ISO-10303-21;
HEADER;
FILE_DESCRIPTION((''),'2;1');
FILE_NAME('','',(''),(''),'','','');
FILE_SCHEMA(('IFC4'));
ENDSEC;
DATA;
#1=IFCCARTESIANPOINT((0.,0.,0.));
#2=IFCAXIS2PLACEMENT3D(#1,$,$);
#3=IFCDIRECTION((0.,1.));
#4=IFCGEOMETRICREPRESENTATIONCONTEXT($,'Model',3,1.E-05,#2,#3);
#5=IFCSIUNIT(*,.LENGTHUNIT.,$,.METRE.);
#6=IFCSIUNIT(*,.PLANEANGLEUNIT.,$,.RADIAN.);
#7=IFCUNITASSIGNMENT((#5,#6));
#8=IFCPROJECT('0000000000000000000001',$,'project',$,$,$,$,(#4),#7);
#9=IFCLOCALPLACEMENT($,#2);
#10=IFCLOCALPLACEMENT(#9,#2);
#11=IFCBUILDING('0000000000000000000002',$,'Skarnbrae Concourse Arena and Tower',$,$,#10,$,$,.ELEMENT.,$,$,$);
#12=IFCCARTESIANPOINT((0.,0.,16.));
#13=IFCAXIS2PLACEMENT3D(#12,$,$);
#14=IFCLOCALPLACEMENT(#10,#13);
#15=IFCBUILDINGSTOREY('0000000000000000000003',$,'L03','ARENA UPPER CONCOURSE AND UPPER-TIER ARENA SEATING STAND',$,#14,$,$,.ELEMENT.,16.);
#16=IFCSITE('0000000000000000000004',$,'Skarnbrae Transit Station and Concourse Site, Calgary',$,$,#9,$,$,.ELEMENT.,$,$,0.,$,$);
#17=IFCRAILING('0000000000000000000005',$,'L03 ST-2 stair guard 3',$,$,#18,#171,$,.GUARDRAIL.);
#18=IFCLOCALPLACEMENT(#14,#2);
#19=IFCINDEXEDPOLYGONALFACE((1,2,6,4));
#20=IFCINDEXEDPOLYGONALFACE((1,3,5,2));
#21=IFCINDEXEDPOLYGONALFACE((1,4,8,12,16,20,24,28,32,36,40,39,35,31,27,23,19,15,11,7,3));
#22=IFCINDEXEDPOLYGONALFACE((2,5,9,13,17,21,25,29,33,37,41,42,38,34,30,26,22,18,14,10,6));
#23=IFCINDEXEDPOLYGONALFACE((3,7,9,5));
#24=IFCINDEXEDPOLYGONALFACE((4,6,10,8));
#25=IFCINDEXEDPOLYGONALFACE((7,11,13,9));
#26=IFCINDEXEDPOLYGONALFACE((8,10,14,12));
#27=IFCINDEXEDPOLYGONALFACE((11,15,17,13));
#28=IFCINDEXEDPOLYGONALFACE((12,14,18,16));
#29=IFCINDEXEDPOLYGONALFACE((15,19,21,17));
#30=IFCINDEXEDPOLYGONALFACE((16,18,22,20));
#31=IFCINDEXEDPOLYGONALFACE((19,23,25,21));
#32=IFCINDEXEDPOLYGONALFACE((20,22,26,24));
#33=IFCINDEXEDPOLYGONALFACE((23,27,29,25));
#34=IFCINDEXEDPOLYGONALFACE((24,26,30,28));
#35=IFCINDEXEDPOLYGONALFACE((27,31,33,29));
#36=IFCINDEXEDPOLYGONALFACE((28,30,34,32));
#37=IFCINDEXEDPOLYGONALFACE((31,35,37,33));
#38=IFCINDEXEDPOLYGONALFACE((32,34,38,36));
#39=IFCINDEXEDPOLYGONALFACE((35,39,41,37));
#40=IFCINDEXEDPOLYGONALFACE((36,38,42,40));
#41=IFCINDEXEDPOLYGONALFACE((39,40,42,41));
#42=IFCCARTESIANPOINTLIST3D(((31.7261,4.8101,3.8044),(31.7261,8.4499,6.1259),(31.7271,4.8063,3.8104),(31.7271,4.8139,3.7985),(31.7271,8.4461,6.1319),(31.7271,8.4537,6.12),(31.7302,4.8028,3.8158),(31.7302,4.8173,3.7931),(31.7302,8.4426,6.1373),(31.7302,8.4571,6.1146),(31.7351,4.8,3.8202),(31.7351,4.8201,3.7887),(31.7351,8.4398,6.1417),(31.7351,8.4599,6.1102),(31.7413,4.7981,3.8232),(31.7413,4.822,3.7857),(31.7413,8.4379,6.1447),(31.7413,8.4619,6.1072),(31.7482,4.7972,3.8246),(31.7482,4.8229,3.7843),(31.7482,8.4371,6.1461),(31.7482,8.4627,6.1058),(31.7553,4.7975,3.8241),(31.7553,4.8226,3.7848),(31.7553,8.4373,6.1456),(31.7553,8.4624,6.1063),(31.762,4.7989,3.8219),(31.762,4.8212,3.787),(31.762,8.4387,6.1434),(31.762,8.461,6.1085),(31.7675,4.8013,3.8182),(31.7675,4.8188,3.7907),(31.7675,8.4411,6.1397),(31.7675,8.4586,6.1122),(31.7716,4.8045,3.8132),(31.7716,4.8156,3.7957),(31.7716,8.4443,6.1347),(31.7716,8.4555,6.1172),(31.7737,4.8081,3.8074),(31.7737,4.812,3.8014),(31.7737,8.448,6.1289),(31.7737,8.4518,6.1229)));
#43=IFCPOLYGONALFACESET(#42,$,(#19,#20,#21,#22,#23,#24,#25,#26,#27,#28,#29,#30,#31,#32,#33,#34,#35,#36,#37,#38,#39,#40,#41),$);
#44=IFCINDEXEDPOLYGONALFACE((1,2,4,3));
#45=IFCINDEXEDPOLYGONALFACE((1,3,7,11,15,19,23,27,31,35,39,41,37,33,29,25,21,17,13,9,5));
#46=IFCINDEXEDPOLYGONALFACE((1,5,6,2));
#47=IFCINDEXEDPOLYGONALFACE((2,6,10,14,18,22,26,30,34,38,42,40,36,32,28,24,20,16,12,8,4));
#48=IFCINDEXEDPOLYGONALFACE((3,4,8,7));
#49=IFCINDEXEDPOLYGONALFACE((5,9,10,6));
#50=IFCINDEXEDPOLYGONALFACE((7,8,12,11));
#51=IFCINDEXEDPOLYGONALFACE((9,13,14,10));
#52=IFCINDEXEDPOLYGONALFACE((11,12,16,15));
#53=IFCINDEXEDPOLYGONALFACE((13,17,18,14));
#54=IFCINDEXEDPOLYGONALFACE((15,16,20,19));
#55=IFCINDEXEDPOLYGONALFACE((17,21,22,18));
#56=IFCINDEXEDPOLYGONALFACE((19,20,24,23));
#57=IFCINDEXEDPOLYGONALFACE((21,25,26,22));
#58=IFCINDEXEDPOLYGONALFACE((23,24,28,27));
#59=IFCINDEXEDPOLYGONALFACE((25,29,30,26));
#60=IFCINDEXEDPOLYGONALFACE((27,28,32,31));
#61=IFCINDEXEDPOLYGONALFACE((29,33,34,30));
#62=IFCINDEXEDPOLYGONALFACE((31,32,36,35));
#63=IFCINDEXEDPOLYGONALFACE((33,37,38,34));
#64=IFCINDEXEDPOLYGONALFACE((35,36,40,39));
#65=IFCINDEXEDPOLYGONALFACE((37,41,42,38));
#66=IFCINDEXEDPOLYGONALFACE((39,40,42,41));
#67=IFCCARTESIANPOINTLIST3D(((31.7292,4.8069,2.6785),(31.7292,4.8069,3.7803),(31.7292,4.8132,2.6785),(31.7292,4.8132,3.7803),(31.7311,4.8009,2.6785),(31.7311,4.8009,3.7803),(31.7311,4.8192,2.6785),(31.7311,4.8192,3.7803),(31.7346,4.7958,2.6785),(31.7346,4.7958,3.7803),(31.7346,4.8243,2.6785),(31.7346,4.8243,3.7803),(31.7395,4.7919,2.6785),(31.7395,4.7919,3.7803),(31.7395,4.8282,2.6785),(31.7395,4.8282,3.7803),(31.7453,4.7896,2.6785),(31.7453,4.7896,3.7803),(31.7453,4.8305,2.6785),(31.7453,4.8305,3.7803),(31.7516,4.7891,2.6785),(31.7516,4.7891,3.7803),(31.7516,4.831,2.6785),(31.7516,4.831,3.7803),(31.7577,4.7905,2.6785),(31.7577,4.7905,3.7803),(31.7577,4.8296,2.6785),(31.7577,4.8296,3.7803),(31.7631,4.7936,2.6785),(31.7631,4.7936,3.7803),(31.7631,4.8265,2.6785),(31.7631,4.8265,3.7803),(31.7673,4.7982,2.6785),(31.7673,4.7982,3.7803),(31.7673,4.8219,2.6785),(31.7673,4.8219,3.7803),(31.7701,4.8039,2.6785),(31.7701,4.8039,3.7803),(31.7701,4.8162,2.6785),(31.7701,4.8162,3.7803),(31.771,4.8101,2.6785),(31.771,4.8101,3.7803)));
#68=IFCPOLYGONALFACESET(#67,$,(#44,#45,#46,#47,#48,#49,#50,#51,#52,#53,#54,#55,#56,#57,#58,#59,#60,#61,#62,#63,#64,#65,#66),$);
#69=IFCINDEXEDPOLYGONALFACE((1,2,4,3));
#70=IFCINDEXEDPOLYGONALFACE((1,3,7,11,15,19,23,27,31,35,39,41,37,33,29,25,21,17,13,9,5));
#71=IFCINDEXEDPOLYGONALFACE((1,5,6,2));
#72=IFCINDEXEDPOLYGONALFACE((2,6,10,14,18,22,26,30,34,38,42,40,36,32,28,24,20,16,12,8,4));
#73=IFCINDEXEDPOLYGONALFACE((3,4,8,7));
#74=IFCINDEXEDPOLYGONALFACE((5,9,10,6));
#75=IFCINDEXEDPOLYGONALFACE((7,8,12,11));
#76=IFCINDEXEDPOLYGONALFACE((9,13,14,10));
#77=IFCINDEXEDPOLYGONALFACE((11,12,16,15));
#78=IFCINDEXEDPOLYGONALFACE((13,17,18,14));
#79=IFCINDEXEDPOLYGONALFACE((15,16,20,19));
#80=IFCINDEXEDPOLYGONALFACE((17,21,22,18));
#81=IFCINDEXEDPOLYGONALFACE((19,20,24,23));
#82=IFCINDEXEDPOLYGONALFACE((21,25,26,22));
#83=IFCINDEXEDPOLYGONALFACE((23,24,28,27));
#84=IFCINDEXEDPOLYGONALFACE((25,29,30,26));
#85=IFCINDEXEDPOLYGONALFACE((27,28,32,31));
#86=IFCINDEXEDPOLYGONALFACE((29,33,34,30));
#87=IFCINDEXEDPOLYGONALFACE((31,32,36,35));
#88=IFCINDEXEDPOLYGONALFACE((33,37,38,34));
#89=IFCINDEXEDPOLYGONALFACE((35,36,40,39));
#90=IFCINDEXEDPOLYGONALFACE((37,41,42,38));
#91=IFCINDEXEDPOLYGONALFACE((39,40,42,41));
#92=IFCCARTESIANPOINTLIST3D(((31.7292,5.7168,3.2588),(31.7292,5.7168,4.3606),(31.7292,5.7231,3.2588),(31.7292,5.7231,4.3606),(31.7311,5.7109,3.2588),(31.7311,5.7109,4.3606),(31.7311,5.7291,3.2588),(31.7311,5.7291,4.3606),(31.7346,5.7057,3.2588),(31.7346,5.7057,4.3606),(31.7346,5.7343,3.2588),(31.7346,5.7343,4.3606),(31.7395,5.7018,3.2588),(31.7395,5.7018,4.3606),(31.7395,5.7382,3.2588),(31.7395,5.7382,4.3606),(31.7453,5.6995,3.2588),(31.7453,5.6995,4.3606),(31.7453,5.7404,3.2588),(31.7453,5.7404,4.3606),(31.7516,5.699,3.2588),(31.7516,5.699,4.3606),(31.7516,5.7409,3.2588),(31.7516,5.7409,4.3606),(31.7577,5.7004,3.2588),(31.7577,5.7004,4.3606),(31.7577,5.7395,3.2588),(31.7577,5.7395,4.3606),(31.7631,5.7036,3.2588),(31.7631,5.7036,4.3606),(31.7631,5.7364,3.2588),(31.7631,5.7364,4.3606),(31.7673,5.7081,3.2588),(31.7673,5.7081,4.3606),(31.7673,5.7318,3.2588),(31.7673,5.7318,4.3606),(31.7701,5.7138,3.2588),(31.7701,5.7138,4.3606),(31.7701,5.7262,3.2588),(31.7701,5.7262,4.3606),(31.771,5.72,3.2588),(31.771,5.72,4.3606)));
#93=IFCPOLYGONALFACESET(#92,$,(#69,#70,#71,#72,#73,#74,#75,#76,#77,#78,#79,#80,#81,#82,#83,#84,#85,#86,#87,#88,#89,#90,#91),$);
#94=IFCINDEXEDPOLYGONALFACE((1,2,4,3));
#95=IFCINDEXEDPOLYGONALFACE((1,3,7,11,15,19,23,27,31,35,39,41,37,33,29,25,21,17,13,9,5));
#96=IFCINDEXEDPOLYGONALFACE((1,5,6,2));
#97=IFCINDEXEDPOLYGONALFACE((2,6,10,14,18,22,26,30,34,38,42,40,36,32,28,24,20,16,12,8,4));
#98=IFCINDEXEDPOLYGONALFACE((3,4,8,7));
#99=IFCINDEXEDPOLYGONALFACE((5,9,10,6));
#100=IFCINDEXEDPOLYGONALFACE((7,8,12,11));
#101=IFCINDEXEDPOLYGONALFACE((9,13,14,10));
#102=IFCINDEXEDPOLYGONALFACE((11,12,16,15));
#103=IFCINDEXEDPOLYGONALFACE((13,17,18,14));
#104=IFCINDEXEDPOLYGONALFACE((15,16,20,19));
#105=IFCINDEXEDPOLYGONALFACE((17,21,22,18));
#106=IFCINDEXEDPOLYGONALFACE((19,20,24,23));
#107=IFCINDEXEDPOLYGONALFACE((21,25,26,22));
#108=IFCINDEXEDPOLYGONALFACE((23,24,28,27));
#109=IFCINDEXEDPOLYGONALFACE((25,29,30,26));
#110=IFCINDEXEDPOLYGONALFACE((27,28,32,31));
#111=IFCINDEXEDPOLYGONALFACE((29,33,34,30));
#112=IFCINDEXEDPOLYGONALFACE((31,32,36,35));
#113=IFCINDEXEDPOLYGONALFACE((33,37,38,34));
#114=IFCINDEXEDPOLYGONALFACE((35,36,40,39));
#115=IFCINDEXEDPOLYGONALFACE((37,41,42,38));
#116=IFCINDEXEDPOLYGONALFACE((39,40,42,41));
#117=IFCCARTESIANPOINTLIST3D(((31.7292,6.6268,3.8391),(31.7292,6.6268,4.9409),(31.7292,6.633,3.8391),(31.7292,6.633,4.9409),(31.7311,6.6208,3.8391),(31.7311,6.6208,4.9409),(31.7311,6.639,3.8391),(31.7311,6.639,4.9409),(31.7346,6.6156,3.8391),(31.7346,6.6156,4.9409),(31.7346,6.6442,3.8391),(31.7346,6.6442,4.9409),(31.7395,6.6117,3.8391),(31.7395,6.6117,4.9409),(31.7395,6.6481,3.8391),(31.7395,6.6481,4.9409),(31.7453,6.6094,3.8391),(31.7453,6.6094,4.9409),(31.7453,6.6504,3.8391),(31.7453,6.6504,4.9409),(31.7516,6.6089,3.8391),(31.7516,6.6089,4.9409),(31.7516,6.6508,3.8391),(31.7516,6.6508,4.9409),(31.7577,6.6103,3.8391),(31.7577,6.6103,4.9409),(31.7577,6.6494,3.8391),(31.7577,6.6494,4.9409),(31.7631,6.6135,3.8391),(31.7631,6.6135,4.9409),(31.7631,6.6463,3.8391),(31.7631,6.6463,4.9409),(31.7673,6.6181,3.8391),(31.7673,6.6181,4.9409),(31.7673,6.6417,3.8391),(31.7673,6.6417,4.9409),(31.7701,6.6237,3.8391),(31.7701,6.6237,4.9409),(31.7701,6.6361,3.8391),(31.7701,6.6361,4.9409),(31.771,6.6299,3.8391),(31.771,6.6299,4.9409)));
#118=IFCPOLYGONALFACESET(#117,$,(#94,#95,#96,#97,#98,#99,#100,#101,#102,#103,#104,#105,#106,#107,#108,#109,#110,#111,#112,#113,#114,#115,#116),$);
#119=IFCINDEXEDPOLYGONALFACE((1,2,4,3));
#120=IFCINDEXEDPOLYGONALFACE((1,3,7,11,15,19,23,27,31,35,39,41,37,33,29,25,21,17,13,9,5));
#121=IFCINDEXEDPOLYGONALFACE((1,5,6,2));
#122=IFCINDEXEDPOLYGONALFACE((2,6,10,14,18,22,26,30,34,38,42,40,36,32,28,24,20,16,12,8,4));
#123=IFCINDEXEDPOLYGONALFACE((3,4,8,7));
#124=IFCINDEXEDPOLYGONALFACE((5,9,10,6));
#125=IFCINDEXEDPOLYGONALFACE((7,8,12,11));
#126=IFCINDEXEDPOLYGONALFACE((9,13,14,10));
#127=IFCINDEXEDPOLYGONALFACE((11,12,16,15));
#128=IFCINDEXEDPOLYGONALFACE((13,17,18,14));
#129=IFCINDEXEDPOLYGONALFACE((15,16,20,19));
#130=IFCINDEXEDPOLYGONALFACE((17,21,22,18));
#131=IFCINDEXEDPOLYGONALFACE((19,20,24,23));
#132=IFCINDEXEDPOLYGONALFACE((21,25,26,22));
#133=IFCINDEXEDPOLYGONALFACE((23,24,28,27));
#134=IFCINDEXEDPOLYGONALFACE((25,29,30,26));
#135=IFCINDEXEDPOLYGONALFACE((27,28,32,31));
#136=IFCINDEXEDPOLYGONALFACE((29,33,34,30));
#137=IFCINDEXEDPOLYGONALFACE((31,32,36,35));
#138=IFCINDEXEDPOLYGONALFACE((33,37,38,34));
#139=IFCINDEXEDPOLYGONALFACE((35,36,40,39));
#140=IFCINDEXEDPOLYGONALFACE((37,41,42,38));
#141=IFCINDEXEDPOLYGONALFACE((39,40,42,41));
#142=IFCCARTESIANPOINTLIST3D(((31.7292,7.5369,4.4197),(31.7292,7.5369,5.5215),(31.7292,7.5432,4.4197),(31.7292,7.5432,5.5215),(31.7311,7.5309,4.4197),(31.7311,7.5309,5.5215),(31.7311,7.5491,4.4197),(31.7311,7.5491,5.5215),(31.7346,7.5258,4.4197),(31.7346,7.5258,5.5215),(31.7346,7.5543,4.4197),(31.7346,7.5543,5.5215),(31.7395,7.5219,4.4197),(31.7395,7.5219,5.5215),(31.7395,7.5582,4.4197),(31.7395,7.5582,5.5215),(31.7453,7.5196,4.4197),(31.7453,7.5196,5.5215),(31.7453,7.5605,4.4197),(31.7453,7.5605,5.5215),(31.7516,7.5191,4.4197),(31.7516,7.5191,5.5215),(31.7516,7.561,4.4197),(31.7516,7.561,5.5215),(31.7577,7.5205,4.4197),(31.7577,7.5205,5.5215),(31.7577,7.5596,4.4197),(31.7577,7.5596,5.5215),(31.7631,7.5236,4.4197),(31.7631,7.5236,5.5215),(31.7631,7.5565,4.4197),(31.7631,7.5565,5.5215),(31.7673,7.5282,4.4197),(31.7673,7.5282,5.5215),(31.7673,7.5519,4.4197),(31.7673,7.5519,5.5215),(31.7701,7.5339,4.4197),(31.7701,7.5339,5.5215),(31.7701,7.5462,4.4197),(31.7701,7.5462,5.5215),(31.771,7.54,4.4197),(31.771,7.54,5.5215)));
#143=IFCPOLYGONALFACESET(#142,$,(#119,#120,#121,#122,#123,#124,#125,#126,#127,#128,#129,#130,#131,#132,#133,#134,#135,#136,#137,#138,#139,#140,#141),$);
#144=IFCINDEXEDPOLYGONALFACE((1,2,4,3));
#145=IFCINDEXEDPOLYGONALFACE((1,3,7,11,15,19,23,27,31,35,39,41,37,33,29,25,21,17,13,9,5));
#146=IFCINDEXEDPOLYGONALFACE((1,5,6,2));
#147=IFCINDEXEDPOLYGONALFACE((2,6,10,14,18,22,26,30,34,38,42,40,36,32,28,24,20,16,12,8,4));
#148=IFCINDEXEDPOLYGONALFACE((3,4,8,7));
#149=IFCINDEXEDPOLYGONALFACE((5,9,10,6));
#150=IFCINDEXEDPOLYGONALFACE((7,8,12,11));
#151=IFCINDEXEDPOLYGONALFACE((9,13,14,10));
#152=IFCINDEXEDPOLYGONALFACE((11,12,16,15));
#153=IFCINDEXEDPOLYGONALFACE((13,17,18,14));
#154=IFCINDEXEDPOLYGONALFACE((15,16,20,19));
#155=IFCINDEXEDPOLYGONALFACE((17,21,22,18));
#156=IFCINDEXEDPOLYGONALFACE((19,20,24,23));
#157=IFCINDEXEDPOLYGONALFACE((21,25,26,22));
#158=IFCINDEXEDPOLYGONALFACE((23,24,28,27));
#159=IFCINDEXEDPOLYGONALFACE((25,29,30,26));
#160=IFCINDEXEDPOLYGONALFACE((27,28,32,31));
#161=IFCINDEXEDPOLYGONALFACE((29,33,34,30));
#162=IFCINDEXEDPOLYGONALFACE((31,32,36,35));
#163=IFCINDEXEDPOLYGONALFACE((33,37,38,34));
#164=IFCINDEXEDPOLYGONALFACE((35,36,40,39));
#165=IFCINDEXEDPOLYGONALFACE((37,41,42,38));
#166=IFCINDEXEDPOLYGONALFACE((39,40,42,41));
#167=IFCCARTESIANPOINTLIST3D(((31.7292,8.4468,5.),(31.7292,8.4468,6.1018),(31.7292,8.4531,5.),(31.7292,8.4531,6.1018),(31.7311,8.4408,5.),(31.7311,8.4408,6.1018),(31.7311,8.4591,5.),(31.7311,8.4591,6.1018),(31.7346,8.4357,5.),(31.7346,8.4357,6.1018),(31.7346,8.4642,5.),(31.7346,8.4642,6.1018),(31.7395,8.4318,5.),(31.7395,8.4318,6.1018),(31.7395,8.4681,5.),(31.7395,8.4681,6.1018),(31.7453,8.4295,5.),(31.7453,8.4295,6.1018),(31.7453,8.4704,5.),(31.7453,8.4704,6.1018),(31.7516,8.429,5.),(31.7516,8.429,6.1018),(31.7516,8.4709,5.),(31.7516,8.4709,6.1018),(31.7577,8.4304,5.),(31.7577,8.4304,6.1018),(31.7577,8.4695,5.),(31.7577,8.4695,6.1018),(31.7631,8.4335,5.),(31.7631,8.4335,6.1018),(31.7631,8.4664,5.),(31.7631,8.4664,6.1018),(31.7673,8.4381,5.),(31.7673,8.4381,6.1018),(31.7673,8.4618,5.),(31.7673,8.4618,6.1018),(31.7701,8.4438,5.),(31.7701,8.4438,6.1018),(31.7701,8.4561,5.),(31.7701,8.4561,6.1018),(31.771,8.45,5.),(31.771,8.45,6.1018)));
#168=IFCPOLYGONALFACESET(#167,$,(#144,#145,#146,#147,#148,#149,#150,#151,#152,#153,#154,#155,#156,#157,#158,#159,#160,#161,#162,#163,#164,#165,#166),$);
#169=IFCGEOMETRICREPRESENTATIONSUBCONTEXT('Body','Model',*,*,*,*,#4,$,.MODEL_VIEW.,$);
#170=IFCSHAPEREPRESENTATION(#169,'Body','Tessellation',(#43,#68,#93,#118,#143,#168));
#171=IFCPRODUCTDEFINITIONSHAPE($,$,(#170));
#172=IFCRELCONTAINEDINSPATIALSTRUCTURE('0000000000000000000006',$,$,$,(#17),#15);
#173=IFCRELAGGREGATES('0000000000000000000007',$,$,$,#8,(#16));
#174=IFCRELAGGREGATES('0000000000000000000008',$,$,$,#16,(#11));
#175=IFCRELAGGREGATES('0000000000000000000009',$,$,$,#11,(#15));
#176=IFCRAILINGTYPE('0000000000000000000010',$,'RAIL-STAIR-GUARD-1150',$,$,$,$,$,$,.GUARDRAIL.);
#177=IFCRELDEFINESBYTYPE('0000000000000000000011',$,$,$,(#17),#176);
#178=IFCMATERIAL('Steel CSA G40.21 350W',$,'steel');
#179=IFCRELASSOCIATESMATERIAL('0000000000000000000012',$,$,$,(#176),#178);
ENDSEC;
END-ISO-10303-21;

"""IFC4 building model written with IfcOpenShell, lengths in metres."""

from ifc_helpers import new_model, si_unit, direction, frame, origin, origin_2d, place, context, subcontext, project, spatial, circle, extrude, material, type_object, element, save


model = new_model("IFC4")

# Units and contexts
model_context = context("Model", 3, precision=1e-05, world=origin(), true_north=direction((0.0, 1.0)))
body_context = subcontext(model_context, "Body", "Model", "MODEL_VIEW")
ifc_project = project(units=[si_unit("LENGTHUNIT", "METRE"), si_unit("PLANEANGLEUNIT", "RADIAN")], contexts=[model_context])

# Site, building, storey
site_placement = place(None, origin())
site = spatial("IfcSite", under=ifc_project, at=site_placement, Name="Skarnbrae Transit Station and Concourse Site, Calgary", CompositionType="ELEMENT", RefElevation=0.0)
building_placement = place(site_placement, origin())
building = spatial("IfcBuilding", under=site, at=building_placement, Name="Skarnbrae Concourse Arena and Tower", CompositionType="ELEMENT")
storey_placement = place(building_placement, frame((0.0, 0.0, 16.0)))
storey = spatial("IfcBuildingStorey", under=building, at=storey_placement, Name="L03", Description="ARENA UPPER CONCOURSE AND UPPER-TIER ARENA SEATING STAND", CompositionType="ELEMENT", Elevation=16.0)

# Shared definitions
ifc_material_1 = material(Name="Steel CSA G40.21 350W", Category="steel")

# Railing
railing_type_1 = type_object("IfcRailingType", Name="RAIL-STAIR-GUARD-1150", PredefinedType="GUARDRAIL", material=ifc_material_1)
railing_1_placement = place(storey_placement, frame((31.75, 4.8101, 2.6785)))
element("IfcRailing", 1, at=railing_1_placement, inside=storey, type_object=railing_type_1, Name="L03 ST-2 stair guard 3", PredefinedType="GUARDRAIL", context=body_context, shape_type="SweptSolid", body=[
    extrude(circle(Radius=0.0239, at=origin_2d()), frame((0.0, 0.0, 1.126), z_axis=(0.0, 0.843112, 0.537739), x_axis=(-1.0, 0.0, 0.0)), (0.0, 0.0, 1.0), 4.3171),
    extrude(circle(Radius=0.021, at=origin_2d()), origin(), (0.0, 0.0, 1.0), 1.1018),
    extrude(circle(Radius=0.021, at=origin_2d()), frame((0.0, 0.9099, 0.5803)), (0.0, 0.0, 1.0), 1.1018),
    extrude(circle(Radius=0.021, at=origin_2d()), frame((0.0, 1.8198, 1.1606)), (0.0, 0.0, 1.0), 1.1018),
    extrude(circle(Radius=0.021, at=origin_2d()), frame((0.0, 2.73, 1.7412)), (0.0, 0.0, 1.0), 1.1018),
    extrude(circle(Radius=0.021, at=origin_2d()), frame((0.0, 3.6399, 2.3215)), (0.0, 0.0, 1.0), 1.1018),
])

save(model, "model.ifc")
